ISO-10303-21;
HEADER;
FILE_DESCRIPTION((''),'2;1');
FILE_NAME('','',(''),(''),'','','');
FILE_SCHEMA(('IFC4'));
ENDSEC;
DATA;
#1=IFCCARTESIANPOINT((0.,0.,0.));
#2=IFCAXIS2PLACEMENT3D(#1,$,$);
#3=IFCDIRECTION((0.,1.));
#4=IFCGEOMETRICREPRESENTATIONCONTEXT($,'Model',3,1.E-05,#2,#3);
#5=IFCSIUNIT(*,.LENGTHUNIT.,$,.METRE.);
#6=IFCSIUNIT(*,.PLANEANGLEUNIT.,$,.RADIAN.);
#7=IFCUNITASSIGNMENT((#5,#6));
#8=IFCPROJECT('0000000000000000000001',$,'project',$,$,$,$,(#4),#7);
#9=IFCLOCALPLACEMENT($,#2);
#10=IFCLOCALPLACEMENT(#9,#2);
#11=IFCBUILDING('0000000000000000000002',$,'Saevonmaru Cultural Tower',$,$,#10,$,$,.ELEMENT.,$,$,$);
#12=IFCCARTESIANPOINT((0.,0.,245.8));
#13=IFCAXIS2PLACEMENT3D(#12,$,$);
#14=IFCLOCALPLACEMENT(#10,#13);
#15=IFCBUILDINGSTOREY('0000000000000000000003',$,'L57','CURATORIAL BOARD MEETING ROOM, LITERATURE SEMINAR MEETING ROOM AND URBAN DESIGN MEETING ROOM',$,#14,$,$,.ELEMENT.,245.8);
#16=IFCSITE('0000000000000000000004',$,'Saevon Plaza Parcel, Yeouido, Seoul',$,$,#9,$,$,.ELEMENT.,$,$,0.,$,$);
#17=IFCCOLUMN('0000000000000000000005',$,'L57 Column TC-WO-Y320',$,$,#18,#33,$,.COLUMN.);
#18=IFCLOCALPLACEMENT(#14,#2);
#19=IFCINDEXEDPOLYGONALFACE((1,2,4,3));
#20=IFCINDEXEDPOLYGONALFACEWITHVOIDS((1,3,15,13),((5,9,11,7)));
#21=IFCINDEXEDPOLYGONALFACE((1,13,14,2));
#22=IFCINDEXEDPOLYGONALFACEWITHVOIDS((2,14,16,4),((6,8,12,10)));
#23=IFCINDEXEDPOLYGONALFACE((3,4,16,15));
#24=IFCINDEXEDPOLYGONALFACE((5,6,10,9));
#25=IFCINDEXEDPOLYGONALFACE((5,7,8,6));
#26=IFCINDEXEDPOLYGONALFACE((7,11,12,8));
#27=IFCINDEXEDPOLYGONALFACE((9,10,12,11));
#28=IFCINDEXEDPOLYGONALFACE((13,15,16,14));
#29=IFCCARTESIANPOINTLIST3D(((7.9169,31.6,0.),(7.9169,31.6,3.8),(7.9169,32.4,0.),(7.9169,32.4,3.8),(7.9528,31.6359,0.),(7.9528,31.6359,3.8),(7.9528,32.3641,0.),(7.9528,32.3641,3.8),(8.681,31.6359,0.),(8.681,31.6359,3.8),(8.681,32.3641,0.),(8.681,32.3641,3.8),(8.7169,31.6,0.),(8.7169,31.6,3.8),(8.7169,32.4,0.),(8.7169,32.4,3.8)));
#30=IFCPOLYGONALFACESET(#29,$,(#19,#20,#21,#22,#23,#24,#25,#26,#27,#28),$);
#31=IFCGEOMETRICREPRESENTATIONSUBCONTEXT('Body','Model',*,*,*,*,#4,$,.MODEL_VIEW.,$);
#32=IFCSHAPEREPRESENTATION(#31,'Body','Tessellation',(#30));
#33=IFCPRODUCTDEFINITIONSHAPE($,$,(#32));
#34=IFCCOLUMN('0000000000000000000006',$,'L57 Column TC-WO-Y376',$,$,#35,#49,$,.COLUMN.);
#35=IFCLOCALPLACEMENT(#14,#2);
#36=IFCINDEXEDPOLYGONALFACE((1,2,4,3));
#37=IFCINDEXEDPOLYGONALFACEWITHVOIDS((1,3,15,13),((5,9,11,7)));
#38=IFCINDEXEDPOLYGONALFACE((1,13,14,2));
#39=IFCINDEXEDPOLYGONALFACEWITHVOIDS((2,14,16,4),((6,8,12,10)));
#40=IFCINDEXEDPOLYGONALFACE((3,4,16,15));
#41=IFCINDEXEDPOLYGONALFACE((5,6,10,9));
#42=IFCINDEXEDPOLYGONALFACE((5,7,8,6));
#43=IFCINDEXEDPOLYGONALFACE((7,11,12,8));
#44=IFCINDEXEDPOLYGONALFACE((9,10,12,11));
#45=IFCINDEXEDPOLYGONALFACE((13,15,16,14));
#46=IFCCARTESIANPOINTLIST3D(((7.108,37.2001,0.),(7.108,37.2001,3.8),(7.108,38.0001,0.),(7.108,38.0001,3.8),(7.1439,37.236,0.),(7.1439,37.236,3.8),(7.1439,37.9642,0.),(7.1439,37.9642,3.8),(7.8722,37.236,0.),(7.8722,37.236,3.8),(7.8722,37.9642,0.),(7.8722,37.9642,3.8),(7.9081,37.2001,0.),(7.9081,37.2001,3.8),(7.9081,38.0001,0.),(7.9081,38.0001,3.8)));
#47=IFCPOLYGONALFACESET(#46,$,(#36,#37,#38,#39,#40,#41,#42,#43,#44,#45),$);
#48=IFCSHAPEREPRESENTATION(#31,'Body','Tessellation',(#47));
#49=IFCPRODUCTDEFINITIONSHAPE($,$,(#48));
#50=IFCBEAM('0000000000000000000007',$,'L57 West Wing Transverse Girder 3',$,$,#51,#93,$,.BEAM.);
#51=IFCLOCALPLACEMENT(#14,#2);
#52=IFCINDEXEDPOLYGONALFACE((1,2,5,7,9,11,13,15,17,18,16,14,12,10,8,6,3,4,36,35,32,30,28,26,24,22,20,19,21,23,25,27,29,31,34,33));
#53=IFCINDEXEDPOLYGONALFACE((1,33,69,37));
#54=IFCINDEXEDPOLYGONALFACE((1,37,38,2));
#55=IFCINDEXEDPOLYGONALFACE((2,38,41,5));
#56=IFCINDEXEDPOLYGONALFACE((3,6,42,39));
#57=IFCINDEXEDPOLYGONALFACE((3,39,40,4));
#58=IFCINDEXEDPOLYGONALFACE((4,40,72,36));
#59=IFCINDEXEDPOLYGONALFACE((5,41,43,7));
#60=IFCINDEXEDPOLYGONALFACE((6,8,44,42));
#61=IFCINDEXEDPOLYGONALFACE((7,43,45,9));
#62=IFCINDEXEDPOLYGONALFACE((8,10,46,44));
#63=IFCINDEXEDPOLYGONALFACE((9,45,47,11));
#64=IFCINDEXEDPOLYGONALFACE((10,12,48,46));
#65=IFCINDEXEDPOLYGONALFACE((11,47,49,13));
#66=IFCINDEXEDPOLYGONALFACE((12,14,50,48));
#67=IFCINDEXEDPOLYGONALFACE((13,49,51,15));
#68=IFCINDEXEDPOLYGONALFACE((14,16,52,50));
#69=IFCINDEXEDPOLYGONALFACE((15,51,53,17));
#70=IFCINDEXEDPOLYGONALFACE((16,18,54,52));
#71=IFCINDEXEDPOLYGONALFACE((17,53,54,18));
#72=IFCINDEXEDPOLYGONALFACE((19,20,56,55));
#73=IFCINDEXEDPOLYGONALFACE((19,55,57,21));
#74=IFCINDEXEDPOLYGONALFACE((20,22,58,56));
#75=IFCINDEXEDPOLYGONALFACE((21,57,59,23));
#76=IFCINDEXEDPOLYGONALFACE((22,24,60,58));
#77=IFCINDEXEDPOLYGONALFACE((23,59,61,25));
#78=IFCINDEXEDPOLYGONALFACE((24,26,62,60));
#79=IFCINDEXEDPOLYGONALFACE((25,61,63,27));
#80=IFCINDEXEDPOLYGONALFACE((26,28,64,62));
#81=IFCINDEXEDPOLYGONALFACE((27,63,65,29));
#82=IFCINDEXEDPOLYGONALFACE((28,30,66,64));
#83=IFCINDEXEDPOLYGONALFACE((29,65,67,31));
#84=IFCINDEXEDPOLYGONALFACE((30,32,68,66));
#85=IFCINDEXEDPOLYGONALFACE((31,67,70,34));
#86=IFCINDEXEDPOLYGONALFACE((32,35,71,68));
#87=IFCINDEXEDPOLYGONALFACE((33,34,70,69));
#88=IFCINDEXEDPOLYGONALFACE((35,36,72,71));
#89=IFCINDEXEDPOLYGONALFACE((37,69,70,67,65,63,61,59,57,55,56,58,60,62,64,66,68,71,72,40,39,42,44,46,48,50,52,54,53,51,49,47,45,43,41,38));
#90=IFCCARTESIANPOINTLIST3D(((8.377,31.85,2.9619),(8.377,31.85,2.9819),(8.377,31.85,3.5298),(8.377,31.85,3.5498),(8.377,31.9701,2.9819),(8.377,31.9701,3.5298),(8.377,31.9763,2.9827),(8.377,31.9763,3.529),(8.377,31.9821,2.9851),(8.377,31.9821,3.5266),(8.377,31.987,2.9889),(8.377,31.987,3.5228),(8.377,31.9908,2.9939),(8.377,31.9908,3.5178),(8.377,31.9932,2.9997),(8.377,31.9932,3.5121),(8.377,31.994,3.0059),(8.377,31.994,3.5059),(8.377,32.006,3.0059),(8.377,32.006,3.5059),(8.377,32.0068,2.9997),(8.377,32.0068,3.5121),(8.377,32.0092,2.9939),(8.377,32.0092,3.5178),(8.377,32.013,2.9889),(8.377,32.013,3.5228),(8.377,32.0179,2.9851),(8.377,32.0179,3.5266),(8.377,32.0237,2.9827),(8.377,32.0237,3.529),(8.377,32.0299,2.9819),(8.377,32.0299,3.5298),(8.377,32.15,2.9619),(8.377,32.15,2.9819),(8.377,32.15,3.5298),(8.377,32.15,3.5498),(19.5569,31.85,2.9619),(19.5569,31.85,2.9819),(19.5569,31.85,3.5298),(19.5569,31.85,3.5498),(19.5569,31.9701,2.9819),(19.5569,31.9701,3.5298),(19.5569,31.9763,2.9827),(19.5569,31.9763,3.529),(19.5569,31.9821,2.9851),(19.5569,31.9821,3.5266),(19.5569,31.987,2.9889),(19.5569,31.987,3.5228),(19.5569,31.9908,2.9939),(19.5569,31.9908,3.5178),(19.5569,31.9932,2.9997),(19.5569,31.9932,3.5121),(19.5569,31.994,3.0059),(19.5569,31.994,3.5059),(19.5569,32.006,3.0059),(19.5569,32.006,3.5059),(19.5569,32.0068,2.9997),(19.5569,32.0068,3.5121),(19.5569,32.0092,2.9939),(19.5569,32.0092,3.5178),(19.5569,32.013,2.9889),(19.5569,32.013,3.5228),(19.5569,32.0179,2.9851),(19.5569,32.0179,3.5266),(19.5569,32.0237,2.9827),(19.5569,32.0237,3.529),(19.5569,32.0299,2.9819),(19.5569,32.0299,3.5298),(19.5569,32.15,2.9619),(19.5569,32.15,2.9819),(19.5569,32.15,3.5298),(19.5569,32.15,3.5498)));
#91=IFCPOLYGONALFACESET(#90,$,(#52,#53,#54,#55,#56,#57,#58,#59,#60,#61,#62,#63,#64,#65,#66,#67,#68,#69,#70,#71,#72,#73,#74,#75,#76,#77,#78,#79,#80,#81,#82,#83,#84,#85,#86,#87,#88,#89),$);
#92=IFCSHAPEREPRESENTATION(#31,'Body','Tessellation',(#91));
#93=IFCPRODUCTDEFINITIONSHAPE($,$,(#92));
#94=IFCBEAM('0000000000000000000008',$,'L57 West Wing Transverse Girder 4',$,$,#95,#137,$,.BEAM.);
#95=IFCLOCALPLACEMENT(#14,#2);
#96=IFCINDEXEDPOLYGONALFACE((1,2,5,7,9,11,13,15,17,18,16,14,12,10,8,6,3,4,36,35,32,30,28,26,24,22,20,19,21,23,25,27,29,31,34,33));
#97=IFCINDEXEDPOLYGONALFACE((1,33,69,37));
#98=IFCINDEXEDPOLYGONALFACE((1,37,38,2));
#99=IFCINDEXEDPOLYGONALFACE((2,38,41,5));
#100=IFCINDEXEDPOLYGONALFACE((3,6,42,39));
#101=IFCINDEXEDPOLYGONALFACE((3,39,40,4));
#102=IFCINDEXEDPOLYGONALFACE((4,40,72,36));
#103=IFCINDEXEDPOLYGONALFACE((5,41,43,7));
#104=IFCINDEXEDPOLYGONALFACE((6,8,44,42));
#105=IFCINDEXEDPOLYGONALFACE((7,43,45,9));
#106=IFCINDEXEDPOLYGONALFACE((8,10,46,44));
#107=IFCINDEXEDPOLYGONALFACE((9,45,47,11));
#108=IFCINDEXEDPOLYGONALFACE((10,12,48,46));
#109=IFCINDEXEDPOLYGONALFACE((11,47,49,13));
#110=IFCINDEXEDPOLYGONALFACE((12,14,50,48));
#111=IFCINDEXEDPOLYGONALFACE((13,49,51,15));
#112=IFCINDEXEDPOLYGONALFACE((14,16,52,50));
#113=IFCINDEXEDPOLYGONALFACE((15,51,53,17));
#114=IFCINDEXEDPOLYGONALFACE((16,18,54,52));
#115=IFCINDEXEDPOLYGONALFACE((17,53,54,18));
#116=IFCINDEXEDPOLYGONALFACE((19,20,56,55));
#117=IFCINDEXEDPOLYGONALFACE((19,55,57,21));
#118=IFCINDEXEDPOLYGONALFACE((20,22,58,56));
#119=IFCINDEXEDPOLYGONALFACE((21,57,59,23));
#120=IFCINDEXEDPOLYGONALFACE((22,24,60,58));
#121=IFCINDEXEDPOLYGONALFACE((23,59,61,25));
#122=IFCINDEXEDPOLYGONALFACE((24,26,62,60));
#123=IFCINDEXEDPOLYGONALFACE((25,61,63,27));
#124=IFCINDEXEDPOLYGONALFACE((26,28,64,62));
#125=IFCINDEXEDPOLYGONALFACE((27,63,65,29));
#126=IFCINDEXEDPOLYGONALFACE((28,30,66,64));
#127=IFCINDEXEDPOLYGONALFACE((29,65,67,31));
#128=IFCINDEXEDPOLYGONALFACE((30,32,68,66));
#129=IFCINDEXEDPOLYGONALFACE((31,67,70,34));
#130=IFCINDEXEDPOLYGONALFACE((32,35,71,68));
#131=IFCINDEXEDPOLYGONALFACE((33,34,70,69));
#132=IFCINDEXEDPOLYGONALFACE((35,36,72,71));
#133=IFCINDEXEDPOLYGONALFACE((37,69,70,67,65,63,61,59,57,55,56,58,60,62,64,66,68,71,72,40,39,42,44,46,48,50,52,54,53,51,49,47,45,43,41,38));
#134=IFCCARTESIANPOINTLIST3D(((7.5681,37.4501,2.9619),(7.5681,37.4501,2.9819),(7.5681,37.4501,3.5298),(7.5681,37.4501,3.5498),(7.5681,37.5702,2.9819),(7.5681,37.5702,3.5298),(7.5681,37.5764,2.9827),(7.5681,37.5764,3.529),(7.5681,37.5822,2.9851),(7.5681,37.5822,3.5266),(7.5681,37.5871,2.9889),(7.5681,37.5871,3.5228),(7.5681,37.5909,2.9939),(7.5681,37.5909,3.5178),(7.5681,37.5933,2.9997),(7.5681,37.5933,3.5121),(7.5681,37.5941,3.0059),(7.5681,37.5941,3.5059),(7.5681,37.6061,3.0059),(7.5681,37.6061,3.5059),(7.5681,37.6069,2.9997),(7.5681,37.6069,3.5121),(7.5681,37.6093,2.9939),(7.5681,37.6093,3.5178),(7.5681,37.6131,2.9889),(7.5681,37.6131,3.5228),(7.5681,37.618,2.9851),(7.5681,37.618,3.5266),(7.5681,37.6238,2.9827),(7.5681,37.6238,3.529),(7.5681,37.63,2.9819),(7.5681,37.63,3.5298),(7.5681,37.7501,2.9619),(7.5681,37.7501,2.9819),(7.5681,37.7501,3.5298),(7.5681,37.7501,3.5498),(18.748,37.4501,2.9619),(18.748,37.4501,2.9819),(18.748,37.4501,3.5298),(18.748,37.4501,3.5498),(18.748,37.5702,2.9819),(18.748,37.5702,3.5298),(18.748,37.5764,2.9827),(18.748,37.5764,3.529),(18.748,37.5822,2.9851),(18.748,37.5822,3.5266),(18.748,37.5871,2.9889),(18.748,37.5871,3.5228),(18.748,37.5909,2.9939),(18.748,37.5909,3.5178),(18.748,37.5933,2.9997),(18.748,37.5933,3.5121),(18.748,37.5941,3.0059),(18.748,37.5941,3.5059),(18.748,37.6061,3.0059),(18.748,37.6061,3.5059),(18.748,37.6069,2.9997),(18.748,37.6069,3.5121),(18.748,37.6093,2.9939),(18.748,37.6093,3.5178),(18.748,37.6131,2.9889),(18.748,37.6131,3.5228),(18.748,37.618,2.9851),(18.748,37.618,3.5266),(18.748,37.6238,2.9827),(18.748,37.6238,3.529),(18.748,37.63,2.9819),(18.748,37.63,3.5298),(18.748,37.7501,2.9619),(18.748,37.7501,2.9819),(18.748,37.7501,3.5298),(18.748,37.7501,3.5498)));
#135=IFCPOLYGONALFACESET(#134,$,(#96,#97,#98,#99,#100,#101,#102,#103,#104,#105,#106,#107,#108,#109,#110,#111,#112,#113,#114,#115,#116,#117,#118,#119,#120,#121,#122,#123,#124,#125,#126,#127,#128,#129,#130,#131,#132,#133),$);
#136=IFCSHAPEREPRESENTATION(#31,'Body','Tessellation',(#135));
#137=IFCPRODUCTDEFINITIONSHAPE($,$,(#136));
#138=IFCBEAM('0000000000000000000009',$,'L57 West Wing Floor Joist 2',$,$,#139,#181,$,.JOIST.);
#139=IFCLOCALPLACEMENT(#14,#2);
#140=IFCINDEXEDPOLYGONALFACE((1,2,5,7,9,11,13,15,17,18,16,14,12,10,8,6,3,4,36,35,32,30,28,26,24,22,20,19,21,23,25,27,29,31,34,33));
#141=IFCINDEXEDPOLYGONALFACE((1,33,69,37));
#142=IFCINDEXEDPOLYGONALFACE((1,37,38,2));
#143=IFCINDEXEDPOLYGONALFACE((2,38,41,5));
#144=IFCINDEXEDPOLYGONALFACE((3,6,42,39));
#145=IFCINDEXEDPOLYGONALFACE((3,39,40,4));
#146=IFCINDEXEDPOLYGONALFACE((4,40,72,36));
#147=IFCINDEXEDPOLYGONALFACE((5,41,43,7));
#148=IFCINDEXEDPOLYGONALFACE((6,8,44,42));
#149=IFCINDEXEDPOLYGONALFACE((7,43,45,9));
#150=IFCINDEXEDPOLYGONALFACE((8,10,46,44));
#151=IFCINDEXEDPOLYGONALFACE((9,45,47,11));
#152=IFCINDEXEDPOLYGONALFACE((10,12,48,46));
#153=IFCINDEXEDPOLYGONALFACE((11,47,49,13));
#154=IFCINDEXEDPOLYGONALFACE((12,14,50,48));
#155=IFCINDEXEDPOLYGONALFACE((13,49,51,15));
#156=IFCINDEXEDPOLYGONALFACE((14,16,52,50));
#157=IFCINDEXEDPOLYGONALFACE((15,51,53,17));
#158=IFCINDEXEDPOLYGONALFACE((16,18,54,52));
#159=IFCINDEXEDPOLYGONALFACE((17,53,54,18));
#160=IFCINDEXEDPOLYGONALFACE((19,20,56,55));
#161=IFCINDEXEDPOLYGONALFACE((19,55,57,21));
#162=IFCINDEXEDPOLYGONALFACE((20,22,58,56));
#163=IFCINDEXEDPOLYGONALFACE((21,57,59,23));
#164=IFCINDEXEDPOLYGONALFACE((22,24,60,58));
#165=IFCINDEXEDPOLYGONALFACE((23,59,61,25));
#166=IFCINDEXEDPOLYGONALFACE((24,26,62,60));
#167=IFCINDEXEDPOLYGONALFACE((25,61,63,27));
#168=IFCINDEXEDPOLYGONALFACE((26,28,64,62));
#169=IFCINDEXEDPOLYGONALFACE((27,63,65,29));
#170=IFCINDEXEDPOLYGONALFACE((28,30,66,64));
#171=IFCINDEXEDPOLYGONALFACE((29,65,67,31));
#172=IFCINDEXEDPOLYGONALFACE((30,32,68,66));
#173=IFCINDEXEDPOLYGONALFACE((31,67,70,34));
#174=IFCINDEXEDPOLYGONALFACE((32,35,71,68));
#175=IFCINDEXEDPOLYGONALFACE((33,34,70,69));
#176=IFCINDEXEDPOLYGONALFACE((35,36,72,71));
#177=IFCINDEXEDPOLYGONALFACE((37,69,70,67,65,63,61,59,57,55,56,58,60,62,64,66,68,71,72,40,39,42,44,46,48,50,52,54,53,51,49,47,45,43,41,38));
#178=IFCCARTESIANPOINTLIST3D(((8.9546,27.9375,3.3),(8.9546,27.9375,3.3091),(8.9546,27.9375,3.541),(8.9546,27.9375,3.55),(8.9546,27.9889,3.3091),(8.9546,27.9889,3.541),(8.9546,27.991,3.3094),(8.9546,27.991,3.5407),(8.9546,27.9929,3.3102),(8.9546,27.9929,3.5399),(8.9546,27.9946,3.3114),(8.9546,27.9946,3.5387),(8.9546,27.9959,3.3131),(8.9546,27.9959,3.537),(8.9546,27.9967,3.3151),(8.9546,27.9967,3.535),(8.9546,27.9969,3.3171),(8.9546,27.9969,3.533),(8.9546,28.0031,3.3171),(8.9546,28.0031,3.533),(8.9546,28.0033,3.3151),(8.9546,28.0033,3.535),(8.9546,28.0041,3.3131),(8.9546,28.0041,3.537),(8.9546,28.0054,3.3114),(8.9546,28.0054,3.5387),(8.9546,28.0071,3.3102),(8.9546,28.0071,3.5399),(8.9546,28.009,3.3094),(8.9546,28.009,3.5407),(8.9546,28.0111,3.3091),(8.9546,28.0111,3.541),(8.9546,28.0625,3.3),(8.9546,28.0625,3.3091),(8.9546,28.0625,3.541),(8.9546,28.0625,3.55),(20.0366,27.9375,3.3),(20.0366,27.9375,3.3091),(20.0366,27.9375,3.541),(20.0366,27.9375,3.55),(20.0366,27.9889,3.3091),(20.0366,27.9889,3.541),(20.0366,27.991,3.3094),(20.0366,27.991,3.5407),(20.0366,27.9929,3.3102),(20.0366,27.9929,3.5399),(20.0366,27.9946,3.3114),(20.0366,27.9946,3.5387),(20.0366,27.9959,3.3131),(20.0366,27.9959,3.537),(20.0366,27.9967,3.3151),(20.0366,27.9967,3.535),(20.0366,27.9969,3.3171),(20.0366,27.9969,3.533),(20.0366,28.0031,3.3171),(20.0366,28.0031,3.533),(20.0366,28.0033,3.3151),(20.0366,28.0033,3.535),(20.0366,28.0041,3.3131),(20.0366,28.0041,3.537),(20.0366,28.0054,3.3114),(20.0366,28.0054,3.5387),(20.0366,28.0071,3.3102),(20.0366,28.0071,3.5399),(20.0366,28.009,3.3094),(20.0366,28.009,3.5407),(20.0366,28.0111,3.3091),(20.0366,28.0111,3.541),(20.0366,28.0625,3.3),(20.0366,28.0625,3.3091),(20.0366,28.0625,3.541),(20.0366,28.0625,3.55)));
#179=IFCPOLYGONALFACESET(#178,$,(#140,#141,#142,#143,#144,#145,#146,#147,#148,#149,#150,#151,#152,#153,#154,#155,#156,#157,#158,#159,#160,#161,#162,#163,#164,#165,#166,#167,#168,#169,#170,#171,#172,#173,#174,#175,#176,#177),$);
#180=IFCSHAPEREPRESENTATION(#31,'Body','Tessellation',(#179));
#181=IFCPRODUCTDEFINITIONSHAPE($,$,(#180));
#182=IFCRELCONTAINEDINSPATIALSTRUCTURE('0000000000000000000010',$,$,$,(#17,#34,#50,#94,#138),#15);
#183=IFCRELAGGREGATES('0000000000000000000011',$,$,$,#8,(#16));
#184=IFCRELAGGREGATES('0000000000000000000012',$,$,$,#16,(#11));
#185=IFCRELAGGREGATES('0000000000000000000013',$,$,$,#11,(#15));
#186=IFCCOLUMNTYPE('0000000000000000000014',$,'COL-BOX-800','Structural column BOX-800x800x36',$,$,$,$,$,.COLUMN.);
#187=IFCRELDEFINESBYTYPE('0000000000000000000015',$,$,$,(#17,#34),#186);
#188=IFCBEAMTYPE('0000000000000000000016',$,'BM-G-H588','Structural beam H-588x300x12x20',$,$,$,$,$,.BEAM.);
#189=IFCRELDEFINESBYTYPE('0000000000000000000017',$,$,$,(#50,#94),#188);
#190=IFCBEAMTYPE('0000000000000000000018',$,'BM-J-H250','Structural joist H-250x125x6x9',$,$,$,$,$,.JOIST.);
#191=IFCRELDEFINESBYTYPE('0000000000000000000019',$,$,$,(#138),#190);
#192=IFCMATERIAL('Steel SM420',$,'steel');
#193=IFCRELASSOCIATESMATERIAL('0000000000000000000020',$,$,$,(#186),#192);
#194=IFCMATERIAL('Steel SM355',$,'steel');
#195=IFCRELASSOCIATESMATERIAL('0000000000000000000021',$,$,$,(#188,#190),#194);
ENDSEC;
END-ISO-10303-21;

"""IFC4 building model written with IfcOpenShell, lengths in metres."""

from ifc_helpers import new_model, si_unit, direction, frame, origin, origin_2d, place, context, subcontext, project, spatial, hollow_rectangle, i_section, extrude, material, material_profile, profile_set, type_object, element, save


model = new_model("IFC4")

# Units and contexts
model_context = context("Model", 3, precision=1e-05, world=origin(), true_north=direction((0.0, 1.0)))
body_context = subcontext(model_context, "Body", "Model", "MODEL_VIEW")
ifc_project = project(units=[si_unit("LENGTHUNIT", "METRE"), si_unit("PLANEANGLEUNIT", "RADIAN")], contexts=[model_context])

# Site, building, storey
site_placement = place(None, origin())
site = spatial("IfcSite", under=ifc_project, at=site_placement, Name="Saevon Plaza Parcel, Yeouido, Seoul", CompositionType="ELEMENT", RefElevation=0.0)
building_placement = place(site_placement, origin())
building = spatial("IfcBuilding", under=site, at=building_placement, Name="Saevonmaru Cultural Tower", CompositionType="ELEMENT")
storey_placement = place(building_placement, frame((0.0, 0.0, 245.8)))
storey = spatial("IfcBuildingStorey", under=building, at=storey_placement, Name="L57", Description="CURATORIAL BOARD MEETING ROOM, LITERATURE SEMINAR MEETING ROOM AND URBAN DESIGN MEETING ROOM", CompositionType="ELEMENT", Elevation=245.8)

# Columns
ifc_material_1 = material(Name="Steel SM420", Category="steel")
ifc_material_profile_1 = material_profile(ifc_material_1, hollow_rectangle(XDim=0.8, YDim=0.8, WallThickness=0.0359, at=origin_2d()), Name="BOX-800x800x36")
ifc_profile_set_1 = profile_set([ifc_material_profile_1], Name="Steel SM420")
column_type = type_object("IfcColumnType", Name="COL-BOX-800", Description="Structural column BOX-800x800x36", PredefinedType="COLUMN", material=ifc_profile_set_1)
for number, where, z_axis, x_axis, name in (
    (1, (8.3169, 32.0, 0.0), (0.0, 0.0, 1.0), (1.0, 0.0, 0.0), "L57 Column TC-WO-Y320"),
    (2, (7.5081, 37.6001, 0.0), (0.0, 0.0, 1.0), (1.0, 0.0, 0.0), "L57 Column TC-WO-Y376"),
):
    element("IfcColumn", number, at=place(storey_placement, frame(where, z_axis=z_axis, x_axis=x_axis)), inside=storey, type_object=column_type, Name=name, PredefinedType="COLUMN", context=body_context, shape_type="SweptSolid", body=[
        extrude(hollow_rectangle(XDim=0.8, YDim=0.8, WallThickness=0.0359, at=origin_2d()), origin(), (0.0, 0.0, 1.0), 3.8),
    ])

# Beams
ifc_material_2 = material(Name="Steel SM355", Category="steel")
ifc_material_profile_2 = material_profile(ifc_material_2, i_section(OverallWidth=0.3, OverallDepth=0.5879, WebThickness=0.012, FlangeThickness=0.02, FilletRadius=0.0239, at=origin_2d()), Name="H-588x300x12x20")
ifc_profile_set_2 = profile_set([ifc_material_profile_2], Name="Steel SM355")
beam_type_1 = type_object("IfcBeamType", Name="BM-G-H588", Description="Structural beam H-588x300x12x20", PredefinedType="BEAM", material=ifc_profile_set_2)
for number, where, z_axis, x_axis, name in (
    (3, (8.377, 32.0, 3.2559), (1.0, 0.0, 0.0), (0.0, 1.0, 0.0), "L57 West Wing Transverse Girder 3"),
    (4, (7.5681, 37.6001, 3.2559), (1.0, 0.0, 0.0), (0.0, 1.0, 0.0), "L57 West Wing Transverse Girder 4"),
):
    element("IfcBeam", number, at=place(storey_placement, frame(where, z_axis=z_axis, x_axis=x_axis)), inside=storey, type_object=beam_type_1, Name=name, PredefinedType="BEAM", context=body_context, shape_type="SweptSolid", body=[
        extrude(i_section(OverallWidth=0.3, OverallDepth=0.5879, WebThickness=0.012, FlangeThickness=0.02, FilletRadius=0.0239, at=origin_2d()), origin(), (0.0, 0.0, 1.0), 11.1799),
    ])
ifc_material_profile_3 = material_profile(ifc_material_2, i_section(OverallWidth=0.125, OverallDepth=0.25, WebThickness=0.0061, FlangeThickness=0.009, FilletRadius=0.0081, at=origin_2d()), Name="H-250x125x6x9")
ifc_profile_set_3 = profile_set([ifc_material_profile_3], Name="Steel SM355")
beam_type_2 = type_object("IfcBeamType", Name="BM-J-H250", Description="Structural joist H-250x125x6x9", PredefinedType="JOIST", material=ifc_profile_set_3)
for number, where, z_axis, x_axis, name in (
    (5, (8.9546, 28.0, 3.425), (1.0, 0.0, 0.0), (0.0, 1.0, 0.0), "L57 West Wing Floor Joist 2"),
):
    element("IfcBeam", number, at=place(storey_placement, frame(where, z_axis=z_axis, x_axis=x_axis)), inside=storey, type_object=beam_type_2, Name=name, PredefinedType="JOIST", context=body_context, shape_type="SweptSolid", body=[
        extrude(i_section(OverallWidth=0.125, OverallDepth=0.25, WebThickness=0.0061, FlangeThickness=0.009, FilletRadius=0.0081, at=origin_2d()), origin(), (0.0, 0.0, 1.0), 11.082),
    ])

save(model, "model.ifc")
